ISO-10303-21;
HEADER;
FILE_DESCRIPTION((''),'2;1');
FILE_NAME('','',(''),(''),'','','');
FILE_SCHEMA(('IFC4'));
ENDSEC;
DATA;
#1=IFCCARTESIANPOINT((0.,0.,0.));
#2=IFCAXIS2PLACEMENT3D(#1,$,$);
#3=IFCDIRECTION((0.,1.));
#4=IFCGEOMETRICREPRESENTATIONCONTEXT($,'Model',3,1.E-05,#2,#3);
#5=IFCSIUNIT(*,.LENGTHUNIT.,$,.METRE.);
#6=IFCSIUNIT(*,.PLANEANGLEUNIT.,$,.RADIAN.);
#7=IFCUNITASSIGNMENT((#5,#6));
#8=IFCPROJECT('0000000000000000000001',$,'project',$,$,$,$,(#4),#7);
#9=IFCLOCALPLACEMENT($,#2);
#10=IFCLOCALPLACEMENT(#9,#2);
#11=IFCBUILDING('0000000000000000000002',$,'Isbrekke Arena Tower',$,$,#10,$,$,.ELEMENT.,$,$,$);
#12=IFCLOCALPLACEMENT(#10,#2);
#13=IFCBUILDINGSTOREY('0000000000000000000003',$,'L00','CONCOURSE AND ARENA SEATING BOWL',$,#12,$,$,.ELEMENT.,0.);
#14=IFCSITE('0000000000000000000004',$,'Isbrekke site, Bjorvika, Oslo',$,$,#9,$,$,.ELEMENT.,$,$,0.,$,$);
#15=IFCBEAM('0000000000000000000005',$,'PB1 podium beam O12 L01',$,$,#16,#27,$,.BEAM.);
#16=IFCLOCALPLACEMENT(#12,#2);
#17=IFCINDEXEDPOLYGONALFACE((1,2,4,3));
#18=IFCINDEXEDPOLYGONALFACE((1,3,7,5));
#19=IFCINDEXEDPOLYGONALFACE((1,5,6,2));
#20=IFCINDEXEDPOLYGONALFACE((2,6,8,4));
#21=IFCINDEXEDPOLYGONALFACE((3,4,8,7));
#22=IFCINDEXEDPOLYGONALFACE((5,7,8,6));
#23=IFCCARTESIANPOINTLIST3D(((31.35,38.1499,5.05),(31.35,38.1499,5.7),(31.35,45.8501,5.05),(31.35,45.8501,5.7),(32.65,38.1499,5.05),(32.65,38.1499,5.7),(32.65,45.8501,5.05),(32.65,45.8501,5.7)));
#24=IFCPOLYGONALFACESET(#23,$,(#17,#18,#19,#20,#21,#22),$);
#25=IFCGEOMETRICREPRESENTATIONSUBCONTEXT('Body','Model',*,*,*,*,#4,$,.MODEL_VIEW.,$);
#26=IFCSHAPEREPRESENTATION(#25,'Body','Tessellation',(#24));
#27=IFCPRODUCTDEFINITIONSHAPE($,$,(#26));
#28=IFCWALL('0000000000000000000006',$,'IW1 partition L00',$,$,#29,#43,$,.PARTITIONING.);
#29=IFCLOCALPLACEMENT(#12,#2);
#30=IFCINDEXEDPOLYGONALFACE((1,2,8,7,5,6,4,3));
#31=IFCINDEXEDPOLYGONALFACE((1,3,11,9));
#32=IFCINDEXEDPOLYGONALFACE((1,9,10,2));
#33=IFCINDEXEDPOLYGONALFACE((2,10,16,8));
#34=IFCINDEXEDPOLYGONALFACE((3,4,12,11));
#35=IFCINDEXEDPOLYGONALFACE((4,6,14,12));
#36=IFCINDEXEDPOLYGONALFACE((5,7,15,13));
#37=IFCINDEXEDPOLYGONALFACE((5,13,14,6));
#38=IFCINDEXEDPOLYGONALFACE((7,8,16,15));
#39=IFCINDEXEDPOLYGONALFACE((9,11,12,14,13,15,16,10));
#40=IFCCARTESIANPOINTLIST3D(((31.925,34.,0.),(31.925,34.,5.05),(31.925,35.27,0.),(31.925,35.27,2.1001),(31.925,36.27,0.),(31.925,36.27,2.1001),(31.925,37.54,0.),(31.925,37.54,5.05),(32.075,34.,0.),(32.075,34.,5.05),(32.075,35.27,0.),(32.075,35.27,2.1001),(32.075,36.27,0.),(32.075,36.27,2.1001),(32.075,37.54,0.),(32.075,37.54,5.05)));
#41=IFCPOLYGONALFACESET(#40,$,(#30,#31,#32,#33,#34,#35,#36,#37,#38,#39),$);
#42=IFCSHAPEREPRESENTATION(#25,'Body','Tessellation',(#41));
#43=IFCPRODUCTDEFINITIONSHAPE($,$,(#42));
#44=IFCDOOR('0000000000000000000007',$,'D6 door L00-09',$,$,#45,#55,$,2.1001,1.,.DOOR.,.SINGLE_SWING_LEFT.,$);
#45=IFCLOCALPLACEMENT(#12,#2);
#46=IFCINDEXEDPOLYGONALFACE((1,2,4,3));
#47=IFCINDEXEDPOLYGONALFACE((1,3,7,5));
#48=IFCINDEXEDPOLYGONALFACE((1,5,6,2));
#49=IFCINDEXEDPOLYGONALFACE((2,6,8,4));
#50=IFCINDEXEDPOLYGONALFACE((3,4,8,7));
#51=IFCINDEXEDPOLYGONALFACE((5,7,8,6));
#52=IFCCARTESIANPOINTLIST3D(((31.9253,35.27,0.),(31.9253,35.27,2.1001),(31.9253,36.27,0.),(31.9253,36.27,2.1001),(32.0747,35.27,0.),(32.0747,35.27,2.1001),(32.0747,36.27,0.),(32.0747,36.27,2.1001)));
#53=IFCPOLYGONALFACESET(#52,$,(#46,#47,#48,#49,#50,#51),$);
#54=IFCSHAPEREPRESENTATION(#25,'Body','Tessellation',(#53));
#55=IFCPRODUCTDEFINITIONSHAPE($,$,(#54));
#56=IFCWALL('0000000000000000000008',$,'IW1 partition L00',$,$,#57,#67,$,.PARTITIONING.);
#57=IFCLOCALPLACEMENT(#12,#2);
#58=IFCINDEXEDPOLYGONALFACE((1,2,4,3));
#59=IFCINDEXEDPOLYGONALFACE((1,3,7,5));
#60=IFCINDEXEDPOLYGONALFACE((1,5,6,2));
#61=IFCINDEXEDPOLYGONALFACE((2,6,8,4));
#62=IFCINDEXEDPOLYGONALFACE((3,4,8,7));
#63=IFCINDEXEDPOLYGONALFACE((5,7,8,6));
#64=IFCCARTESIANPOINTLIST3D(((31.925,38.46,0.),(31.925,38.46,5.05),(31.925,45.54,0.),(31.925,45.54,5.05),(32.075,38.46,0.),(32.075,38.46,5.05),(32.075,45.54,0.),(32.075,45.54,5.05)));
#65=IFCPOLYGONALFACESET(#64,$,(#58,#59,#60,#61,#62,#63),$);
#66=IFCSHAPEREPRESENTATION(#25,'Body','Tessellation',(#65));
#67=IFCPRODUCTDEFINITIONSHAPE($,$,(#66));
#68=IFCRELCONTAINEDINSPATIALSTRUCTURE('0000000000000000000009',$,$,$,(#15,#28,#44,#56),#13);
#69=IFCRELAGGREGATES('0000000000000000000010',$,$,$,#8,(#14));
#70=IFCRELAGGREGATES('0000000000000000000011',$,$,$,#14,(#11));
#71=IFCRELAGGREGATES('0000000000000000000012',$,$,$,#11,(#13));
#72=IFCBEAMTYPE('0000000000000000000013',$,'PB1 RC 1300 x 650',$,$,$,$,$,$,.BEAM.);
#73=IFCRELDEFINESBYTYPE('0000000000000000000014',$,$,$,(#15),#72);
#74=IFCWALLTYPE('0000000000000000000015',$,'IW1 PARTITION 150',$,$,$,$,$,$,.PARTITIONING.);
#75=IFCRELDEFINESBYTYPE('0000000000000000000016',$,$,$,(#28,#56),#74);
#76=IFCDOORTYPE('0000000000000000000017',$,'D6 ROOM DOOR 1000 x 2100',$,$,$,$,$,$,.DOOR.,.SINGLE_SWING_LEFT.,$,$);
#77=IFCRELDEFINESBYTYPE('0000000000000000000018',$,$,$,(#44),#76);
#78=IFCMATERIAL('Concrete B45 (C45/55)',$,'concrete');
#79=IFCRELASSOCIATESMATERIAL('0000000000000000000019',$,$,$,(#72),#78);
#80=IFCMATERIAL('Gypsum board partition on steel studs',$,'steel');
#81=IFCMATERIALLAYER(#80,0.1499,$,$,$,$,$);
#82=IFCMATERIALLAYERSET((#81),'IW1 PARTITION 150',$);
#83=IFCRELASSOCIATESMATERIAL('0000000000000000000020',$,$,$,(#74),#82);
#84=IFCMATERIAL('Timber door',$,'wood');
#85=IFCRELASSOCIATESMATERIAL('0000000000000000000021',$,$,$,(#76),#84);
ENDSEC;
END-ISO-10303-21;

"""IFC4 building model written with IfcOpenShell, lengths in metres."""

from ifc_helpers import new_model, si_unit, direction, frame, frame_2d, origin, origin_2d, place, context, subcontext, project, spatial, rectangle, extrude, material, layer, layer_set, material_profile, profile_set, type_object, element, fill, save


model = new_model("IFC4")

# Units and contexts
model_context = context("Model", 3, precision=1e-05, world=origin(), true_north=direction((0.0, 1.0)))
body_context = subcontext(model_context, "Body", "Model", "MODEL_VIEW")
ifc_project = project(units=[si_unit("LENGTHUNIT", "METRE"), si_unit("PLANEANGLEUNIT", "RADIAN")], contexts=[model_context])

# Site, building, storey
site_placement = place(None, origin())
site = spatial("IfcSite", under=ifc_project, at=site_placement, Name="Isbrekke site, Bjorvika, Oslo", CompositionType="ELEMENT", RefElevation=0.0)
building_placement = place(site_placement, origin())
building = spatial("IfcBuilding", under=site, at=building_placement, Name="Isbrekke Arena Tower", CompositionType="ELEMENT")
storey_placement = place(building_placement, origin())
storey = spatial("IfcBuildingStorey", under=building, at=storey_placement, Name="L00", Description="CONCOURSE AND ARENA SEATING BOWL", CompositionType="ELEMENT", Elevation=0.0)

# Beam
ifc_material_1 = material(Name="Concrete B45 (C45/55)", Category="concrete")
ifc_material_profile_1 = material_profile(ifc_material_1, rectangle(XDim=1.3, YDim=0.6499, at=origin_2d()), Name="RC 1300x650")
ifc_profile_set_1 = profile_set([ifc_material_profile_1], Name="Concrete B45 (C45/55)")
beam_type = type_object("IfcBeamType", Name="PB1 RC 1300 x 650", PredefinedType="BEAM", material=ifc_profile_set_1)
for number, where, z_axis, x_axis, name in (
    (1, (32.0, 38.1499, 5.375), (0.0, 1.0, 0.0), (-1.0, 0.0, 0.0), "PB1 podium beam O12 L01"),
):
    element("IfcBeam", number, at=place(storey_placement, frame(where, z_axis=z_axis, x_axis=x_axis)), inside=storey, type_object=beam_type, Name=name, PredefinedType="BEAM", context=body_context, shape_type="SweptSolid", body=[
        extrude(rectangle(XDim=1.3, YDim=0.6499, at=origin_2d()), origin(), (0.0, 0.0, 1.0), 7.7002),
    ])

# Wall, opening, door
ifc_material_2 = material(Name="Gypsum board partition on steel studs", Category="steel")
ifc_layer = layer(ifc_material_2, 0.1499)
ifc_layer_set = layer_set([ifc_layer], Name="IW1 PARTITION 150")
wall_type = type_object("IfcWallType", Name="IW1 PARTITION 150", PredefinedType="PARTITIONING", material=ifc_layer_set)
wall_1_placement = place(storey_placement, frame((32.0, 34.0, 0.0), z_axis=(0.0, 0.0, 1.0), x_axis=(0.0, 1.0, 0.0)))
wall_1 = element("IfcWall", 2, at=wall_1_placement, inside=storey, type_object=wall_type, Name="IW1 partition L00", PredefinedType="PARTITIONING", context=body_context, shape_type="SweptSolid", body=[
    extrude(rectangle(XDim=3.54, YDim=0.1499, at=frame_2d((1.77, 0.0))), origin(), (0.0, 0.0, 1.0), 5.05),
])
opening_placement = place(wall_1_placement, frame((1.27, 0.0, 0.0)))
opening = element("IfcOpeningElement", 3, at=opening_placement, cuts=wall_1, PredefinedType="OPENING", context=body_context, shape_type="SweptSolid", body=[
    extrude(rectangle(XDim=1.0, YDim=2.1001, at=frame_2d((0.5, 1.05))), frame((0.0, 0.0898, 0.0), z_axis=(0.0, -1.0, 0.0), x_axis=(1.0, 0.0, 0.0)), (0.0, 0.0, 1.0), 0.1797),
])
ifc_material_3 = material(Name="Timber door", Category="wood")
door_type = type_object("IfcDoorType", Name="D6 ROOM DOOR 1000 x 2100", OperationType="SINGLE_SWING_LEFT", PredefinedType="DOOR", material=ifc_material_3)
door_placement = place(opening_placement, origin())
door = element("IfcDoor", 4, at=door_placement, inside=storey, type_object=door_type, Name="D6 door L00-09", OperationType="SINGLE_SWING_LEFT", OverallHeight=2.1001, OverallWidth=1.0, PredefinedType="DOOR", context=body_context, shape_type="SweptSolid", body=[
    extrude(rectangle(XDim=1.0, YDim=2.1001, at=frame_2d((0.5, 1.05))), frame((0.0, 0.0747, 0.0), z_axis=(0.0, -1.0, 0.0), x_axis=(1.0, 0.0, 0.0)), (0.0, 0.0, 1.0), 0.1494),
])
fill(opening, door)

# Wall
wall_2_placement = place(storey_placement, frame((32.0, 38.46, 0.0), z_axis=(0.0, 0.0, 1.0), x_axis=(0.0, 1.0, 0.0)))
element("IfcWall", 5, at=wall_2_placement, inside=storey, type_object=wall_type, Name="IW1 partition L00", PredefinedType="PARTITIONING", context=body_context, shape_type="SweptSolid", body=[
    extrude(rectangle(XDim=7.0801, YDim=0.1499, at=frame_2d((3.54, 0.0))), origin(), (0.0, 0.0, 1.0), 5.05),
])

save(model, "model.ifc")
